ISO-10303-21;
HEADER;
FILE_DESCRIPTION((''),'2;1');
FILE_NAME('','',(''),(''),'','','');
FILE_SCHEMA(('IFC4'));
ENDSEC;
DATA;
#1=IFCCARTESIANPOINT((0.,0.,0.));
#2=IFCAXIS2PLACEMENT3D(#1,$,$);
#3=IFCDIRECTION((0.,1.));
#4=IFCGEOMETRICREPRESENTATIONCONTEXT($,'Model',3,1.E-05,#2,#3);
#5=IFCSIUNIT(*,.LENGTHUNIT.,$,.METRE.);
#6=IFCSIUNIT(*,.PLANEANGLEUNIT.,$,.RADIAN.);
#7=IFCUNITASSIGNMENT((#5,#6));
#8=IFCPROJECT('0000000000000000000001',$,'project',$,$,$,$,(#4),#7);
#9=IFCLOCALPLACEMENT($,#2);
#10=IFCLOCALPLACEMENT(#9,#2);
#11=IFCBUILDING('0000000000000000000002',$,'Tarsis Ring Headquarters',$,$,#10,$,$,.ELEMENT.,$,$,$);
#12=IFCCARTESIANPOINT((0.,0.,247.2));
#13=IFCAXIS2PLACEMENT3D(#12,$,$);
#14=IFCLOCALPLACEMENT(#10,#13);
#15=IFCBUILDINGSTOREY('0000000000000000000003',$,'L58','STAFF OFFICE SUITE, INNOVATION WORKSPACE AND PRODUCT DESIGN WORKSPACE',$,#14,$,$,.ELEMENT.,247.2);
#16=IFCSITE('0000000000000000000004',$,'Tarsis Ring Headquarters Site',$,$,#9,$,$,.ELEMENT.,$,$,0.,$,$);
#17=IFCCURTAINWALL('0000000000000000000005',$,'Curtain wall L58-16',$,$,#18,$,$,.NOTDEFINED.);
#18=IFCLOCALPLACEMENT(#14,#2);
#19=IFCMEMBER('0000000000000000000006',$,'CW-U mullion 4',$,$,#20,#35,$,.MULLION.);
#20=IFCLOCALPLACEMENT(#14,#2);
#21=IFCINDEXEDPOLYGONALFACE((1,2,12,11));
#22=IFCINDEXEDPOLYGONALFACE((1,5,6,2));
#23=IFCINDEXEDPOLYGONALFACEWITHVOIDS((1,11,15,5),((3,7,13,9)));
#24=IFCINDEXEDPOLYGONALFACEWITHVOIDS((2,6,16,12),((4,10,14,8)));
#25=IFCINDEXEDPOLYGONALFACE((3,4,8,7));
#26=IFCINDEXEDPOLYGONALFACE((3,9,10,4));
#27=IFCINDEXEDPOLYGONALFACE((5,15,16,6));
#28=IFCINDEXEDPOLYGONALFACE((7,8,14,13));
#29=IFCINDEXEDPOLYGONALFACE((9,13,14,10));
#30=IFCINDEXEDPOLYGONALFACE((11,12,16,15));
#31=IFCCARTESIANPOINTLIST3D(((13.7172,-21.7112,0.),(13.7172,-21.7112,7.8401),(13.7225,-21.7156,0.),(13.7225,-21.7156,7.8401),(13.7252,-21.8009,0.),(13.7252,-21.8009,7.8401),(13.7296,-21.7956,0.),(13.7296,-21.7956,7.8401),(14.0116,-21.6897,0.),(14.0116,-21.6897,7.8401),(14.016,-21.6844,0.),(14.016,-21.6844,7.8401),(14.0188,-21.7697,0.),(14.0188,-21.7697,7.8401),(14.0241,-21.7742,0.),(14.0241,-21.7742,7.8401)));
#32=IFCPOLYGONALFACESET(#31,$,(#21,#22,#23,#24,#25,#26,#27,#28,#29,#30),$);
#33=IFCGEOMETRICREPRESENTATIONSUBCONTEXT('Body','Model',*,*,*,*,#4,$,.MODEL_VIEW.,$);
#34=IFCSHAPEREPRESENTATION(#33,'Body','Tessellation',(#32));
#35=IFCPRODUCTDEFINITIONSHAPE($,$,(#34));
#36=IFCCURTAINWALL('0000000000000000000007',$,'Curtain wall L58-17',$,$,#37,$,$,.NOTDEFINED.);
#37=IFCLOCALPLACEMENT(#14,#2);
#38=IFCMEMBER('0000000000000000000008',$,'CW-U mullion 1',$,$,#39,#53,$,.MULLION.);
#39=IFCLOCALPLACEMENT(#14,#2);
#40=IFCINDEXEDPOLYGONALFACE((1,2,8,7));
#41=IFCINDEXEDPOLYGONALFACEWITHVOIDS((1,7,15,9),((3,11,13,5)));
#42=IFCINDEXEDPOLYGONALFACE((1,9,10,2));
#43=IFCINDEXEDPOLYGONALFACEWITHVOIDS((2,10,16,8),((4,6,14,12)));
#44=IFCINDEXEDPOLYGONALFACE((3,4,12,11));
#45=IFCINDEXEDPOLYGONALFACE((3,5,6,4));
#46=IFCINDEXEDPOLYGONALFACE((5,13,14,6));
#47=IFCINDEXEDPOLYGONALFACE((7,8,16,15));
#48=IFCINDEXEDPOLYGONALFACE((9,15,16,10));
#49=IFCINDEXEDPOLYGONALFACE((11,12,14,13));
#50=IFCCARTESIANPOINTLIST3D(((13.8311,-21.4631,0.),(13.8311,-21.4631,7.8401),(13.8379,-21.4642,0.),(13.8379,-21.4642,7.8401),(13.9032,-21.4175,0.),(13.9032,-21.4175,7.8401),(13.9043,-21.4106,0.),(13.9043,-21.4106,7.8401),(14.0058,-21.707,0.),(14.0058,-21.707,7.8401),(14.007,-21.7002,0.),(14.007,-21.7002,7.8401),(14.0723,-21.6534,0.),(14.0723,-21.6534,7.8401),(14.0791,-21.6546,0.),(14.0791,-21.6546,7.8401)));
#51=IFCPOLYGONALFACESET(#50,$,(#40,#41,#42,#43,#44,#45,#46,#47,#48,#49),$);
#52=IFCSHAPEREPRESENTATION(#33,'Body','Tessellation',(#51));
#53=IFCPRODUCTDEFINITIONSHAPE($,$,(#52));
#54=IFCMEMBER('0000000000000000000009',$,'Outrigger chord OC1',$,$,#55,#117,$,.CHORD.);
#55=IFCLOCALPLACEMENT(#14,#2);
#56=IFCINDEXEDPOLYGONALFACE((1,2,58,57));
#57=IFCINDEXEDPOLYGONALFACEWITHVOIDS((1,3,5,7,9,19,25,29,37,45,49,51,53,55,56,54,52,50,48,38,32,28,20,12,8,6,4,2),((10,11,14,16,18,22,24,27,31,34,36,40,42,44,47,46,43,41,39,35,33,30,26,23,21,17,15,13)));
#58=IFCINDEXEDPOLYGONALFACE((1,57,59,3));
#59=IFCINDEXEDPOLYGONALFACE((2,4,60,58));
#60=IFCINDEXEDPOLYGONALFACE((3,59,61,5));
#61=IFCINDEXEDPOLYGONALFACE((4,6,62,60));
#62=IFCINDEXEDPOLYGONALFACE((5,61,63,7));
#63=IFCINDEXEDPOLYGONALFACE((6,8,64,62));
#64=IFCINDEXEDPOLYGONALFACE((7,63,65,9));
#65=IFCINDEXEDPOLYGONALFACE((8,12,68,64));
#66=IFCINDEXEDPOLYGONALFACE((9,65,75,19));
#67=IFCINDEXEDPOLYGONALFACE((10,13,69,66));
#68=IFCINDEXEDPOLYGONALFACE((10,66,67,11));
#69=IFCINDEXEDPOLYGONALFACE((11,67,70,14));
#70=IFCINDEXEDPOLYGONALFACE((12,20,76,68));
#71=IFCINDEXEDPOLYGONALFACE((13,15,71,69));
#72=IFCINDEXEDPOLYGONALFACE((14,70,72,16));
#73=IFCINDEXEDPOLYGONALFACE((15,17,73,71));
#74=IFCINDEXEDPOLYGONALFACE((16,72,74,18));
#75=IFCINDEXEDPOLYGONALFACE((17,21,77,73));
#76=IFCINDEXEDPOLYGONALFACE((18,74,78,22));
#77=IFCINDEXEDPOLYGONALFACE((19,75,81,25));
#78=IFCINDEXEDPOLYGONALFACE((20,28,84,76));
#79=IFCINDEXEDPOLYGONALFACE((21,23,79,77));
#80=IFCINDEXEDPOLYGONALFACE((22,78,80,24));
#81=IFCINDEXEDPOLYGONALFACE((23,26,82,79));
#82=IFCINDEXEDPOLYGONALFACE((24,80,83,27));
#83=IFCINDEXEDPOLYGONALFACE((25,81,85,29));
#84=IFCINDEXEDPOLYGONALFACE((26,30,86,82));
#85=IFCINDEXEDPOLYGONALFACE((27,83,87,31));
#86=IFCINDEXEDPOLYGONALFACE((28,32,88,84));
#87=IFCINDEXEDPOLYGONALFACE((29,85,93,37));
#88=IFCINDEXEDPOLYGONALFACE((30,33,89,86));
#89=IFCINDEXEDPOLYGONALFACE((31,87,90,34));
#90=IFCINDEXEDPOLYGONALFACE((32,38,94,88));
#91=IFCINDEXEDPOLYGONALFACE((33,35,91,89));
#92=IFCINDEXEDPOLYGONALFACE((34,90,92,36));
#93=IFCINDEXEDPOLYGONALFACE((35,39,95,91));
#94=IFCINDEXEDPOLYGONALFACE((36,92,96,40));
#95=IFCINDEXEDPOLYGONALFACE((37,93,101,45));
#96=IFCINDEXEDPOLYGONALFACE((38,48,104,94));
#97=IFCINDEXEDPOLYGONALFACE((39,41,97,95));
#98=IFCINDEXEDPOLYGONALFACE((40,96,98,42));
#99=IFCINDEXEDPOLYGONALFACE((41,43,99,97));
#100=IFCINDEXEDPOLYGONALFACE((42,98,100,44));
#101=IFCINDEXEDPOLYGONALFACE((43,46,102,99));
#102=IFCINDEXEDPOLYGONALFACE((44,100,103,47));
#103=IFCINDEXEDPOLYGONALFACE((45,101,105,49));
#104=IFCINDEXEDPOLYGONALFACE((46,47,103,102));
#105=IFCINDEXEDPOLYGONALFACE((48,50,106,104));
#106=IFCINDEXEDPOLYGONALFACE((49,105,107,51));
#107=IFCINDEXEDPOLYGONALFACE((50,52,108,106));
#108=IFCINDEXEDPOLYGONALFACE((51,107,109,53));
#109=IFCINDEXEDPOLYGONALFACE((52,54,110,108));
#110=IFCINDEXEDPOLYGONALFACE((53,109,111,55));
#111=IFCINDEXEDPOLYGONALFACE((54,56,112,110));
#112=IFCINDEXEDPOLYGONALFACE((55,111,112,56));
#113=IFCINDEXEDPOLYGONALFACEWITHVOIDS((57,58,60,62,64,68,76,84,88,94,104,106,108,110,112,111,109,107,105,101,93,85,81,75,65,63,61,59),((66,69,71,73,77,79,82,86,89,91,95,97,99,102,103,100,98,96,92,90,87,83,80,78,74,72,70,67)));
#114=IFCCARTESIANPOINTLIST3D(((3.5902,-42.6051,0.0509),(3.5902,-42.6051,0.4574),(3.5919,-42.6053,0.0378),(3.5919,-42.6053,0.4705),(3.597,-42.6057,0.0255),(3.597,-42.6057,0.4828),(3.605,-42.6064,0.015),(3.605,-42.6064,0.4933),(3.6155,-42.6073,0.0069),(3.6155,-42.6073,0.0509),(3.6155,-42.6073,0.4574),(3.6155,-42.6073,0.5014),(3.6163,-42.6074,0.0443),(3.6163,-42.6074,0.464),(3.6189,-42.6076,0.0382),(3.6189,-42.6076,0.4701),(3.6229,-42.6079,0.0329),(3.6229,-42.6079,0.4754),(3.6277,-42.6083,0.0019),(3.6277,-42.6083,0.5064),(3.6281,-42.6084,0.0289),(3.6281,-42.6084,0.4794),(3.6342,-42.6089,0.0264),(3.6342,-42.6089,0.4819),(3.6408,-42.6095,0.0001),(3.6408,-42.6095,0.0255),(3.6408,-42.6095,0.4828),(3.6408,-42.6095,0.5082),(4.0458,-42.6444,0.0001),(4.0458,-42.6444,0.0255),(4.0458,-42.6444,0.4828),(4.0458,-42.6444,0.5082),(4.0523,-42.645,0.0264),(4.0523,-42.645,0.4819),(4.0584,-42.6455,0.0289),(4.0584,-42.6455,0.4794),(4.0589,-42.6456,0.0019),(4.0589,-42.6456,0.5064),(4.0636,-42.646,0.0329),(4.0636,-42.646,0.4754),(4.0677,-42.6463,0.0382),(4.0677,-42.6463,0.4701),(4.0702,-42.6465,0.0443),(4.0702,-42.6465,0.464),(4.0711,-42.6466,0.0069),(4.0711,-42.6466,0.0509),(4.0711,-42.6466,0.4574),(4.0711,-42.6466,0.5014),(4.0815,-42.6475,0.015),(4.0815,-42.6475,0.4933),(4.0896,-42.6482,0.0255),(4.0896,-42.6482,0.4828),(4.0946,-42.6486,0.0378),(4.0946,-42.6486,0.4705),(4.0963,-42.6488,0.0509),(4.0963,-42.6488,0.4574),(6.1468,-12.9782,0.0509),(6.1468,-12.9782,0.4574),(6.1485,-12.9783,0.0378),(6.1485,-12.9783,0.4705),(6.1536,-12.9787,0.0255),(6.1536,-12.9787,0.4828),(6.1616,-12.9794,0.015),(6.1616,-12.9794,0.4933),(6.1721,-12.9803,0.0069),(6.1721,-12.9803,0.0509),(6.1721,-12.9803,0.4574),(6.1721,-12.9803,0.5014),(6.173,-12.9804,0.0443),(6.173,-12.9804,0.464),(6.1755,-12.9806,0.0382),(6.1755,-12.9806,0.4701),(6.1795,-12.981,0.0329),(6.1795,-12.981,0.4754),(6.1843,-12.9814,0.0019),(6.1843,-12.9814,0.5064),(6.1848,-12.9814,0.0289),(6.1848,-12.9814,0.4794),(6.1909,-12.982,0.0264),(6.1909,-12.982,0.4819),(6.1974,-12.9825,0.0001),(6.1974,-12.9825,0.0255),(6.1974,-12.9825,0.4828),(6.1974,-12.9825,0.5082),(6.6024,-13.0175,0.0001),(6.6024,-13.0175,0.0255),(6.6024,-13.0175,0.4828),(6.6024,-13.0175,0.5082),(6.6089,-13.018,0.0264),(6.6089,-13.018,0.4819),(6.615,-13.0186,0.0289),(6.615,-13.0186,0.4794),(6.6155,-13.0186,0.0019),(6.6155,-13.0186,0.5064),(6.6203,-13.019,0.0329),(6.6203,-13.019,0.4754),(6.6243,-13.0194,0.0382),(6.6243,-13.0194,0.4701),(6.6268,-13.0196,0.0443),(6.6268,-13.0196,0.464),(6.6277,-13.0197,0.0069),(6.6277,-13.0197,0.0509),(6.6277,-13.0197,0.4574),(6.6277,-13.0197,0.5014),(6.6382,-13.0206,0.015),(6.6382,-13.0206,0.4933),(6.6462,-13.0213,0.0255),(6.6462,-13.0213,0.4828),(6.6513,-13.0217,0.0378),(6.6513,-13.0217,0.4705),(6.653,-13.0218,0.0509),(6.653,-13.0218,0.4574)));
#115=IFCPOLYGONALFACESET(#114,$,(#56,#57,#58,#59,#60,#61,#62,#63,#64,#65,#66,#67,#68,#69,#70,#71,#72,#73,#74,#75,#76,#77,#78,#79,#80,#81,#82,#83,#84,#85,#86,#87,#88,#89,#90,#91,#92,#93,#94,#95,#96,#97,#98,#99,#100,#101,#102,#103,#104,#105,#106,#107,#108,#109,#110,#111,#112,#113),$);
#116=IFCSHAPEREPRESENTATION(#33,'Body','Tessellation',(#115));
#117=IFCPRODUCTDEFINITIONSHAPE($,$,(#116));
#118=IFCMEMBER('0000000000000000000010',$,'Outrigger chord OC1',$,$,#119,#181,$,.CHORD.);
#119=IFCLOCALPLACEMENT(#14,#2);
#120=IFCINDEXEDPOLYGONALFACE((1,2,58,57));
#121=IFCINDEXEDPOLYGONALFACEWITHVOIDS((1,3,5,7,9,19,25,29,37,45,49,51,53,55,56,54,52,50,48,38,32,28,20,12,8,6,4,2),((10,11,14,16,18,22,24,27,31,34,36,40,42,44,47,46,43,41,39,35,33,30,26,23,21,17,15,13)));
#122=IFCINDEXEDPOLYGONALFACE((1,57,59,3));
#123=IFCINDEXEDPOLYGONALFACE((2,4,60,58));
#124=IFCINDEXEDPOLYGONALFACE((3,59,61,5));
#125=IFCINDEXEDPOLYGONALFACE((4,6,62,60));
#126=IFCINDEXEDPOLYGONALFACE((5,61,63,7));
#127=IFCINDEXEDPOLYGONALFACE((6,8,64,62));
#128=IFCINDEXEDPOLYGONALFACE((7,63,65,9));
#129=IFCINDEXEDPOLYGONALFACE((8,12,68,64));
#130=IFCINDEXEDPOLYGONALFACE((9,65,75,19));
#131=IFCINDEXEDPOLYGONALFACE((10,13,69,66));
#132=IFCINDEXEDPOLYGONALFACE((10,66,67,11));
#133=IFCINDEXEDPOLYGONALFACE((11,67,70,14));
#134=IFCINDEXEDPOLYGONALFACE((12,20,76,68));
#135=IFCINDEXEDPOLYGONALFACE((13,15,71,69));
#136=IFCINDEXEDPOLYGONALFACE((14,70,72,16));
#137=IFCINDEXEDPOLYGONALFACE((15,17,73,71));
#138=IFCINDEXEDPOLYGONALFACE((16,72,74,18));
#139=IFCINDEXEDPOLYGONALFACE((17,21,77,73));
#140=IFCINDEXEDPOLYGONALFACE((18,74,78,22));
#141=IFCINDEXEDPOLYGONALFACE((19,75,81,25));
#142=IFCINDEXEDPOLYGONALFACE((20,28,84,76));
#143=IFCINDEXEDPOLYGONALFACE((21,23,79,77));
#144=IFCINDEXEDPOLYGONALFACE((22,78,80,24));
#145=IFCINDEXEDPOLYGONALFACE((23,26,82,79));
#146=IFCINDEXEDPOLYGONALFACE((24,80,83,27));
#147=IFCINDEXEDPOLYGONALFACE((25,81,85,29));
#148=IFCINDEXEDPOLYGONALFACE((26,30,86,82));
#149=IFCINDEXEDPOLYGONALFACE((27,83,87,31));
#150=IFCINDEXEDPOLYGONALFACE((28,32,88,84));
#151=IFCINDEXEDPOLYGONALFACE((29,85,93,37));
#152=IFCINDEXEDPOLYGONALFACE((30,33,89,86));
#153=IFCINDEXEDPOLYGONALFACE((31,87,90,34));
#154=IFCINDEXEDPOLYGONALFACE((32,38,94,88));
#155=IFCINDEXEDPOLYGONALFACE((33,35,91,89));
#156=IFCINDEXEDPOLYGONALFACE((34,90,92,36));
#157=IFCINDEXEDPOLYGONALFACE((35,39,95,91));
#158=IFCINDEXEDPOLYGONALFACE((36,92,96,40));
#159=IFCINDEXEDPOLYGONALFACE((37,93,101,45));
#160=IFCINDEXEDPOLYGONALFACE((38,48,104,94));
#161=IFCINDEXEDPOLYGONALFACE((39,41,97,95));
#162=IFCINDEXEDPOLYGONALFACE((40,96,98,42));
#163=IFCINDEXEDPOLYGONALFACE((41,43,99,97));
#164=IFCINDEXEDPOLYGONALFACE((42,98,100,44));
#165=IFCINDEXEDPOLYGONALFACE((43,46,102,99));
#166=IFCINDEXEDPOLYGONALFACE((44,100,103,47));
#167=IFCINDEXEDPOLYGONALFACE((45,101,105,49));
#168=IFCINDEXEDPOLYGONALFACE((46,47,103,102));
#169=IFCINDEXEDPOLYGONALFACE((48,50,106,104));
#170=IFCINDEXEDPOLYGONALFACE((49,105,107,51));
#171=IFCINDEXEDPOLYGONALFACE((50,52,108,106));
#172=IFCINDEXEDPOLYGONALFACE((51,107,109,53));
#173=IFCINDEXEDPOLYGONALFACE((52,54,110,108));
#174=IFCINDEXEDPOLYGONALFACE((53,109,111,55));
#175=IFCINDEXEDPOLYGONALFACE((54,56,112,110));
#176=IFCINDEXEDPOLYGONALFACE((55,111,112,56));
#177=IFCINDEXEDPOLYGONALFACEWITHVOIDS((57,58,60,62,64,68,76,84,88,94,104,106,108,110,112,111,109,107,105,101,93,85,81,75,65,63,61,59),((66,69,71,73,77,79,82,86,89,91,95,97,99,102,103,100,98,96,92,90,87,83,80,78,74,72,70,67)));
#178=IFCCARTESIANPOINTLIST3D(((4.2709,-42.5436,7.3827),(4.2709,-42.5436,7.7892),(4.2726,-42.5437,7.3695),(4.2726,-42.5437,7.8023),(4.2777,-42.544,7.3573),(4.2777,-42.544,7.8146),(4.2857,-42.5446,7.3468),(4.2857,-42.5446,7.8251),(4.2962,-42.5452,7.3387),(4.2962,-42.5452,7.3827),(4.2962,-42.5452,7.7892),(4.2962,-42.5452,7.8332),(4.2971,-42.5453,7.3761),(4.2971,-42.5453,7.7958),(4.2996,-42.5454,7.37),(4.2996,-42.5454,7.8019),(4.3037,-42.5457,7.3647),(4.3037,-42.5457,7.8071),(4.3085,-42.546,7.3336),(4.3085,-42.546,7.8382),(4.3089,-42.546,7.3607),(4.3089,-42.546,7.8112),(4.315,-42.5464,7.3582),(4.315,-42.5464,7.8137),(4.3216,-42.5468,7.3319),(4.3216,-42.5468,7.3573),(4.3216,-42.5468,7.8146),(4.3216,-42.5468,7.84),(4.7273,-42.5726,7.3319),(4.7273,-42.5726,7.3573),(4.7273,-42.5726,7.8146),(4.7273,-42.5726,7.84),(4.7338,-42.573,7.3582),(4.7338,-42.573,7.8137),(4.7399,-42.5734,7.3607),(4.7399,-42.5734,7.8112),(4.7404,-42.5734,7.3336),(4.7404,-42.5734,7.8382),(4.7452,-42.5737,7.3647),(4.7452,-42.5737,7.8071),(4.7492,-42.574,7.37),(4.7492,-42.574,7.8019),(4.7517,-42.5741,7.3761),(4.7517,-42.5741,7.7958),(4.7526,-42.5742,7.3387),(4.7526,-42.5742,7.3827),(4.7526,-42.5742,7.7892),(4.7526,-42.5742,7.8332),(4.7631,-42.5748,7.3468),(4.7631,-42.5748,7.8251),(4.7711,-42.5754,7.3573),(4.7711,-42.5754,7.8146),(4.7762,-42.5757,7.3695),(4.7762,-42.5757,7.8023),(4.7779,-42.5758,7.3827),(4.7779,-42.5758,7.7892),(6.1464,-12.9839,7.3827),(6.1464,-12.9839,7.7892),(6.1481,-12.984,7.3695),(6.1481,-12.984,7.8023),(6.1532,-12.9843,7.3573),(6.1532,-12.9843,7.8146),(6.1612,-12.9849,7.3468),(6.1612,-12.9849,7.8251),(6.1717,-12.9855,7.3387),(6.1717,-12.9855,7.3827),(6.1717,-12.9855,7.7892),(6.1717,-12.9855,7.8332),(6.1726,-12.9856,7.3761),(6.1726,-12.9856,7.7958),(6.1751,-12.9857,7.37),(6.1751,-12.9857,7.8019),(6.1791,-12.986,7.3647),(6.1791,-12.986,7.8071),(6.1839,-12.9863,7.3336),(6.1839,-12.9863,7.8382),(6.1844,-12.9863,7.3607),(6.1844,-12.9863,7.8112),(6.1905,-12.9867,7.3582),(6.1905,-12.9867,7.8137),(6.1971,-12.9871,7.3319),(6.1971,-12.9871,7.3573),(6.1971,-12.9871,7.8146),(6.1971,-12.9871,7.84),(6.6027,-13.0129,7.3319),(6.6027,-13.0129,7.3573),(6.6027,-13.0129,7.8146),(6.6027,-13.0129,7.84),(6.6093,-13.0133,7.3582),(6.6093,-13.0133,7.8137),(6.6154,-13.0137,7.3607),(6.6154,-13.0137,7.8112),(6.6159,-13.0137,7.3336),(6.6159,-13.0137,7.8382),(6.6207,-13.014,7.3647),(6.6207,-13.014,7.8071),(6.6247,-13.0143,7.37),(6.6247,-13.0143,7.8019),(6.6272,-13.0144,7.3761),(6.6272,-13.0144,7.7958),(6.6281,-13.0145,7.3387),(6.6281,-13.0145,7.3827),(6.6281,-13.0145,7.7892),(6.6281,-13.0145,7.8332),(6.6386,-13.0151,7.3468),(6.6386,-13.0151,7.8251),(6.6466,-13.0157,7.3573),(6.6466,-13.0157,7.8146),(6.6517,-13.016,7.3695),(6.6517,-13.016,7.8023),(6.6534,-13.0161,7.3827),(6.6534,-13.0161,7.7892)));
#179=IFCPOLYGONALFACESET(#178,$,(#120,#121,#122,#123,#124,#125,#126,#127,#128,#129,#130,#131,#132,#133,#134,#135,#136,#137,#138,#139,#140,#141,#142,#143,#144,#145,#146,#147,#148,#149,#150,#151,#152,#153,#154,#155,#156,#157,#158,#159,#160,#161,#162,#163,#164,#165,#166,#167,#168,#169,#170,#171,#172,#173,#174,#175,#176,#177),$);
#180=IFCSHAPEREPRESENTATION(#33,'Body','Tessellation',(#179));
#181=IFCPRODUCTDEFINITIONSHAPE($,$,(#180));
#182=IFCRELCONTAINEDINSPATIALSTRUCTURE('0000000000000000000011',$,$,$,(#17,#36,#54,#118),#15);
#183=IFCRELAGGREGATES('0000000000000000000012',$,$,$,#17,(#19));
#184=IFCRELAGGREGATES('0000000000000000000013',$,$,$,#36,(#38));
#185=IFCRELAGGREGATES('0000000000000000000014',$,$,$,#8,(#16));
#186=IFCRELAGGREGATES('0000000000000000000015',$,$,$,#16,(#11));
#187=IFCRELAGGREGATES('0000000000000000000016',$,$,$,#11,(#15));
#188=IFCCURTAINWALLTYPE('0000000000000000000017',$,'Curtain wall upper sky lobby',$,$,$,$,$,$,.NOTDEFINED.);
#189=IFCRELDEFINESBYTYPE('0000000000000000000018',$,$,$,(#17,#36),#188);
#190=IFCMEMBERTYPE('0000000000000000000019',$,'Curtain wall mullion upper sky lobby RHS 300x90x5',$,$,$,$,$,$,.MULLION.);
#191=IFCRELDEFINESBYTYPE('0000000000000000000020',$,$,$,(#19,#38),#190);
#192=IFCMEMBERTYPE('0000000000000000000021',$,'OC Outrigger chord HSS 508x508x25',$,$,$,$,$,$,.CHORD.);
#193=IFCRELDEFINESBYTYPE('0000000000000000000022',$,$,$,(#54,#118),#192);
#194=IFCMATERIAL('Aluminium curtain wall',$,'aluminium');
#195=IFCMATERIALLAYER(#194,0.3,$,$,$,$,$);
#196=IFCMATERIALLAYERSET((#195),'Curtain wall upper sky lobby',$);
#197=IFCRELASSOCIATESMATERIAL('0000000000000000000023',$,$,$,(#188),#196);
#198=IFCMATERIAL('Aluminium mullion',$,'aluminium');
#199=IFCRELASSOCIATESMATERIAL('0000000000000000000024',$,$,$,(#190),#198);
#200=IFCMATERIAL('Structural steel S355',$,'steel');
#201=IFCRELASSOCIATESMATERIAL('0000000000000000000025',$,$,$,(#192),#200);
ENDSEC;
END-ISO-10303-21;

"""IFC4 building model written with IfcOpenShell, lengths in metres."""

from ifc_helpers import new_model, si_unit, direction, frame, origin, origin_2d, place, context, subcontext, project, spatial, hollow_rectangle, extrude, material, layer, layer_set, material_profile, profile_set, type_object, element, aggregate, save


model = new_model("IFC4")

# Units and contexts
model_context = context("Model", 3, precision=1e-05, world=origin(), true_north=direction((0.0, 1.0)))
body_context = subcontext(model_context, "Body", "Model", "MODEL_VIEW")
ifc_project = project(units=[si_unit("LENGTHUNIT", "METRE"), si_unit("PLANEANGLEUNIT", "RADIAN")], contexts=[model_context])

# Site, building, storey
site_placement = place(None, origin())
site = spatial("IfcSite", under=ifc_project, at=site_placement, Name="Tarsis Ring Headquarters Site", CompositionType="ELEMENT", RefElevation=0.0)
building_placement = place(site_placement, origin())
building = spatial("IfcBuilding", under=site, at=building_placement, Name="Tarsis Ring Headquarters", CompositionType="ELEMENT")
storey_placement = place(building_placement, frame((0.0, 0.0, 247.2)))
storey = spatial("IfcBuildingStorey", under=building, at=storey_placement, Name="L58", Description="STAFF OFFICE SUITE, INNOVATION WORKSPACE AND PRODUCT DESIGN WORKSPACE", CompositionType="ELEMENT", Elevation=247.2)

# Curtain walls, members
ifc_material_1 = material(Name="Aluminium curtain wall", Category="aluminium")
ifc_layer_1 = layer(ifc_material_1, 0.3)
ifc_layer_set_1 = layer_set([ifc_layer_1], Name="Curtain wall upper sky lobby")
curtain_wall_type = type_object("IfcCurtainWallType", Name="Curtain wall upper sky lobby", PredefinedType="NOTDEFINED", material=ifc_layer_set_1)
curtain_wall_1_placement = place(storey_placement, origin())
curtain_wall_1 = element("IfcCurtainWall", 1, at=curtain_wall_1_placement, inside=storey, type_object=curtain_wall_type, Name="Curtain wall L58-16", PredefinedType="NOTDEFINED")
ifc_material_2 = material(Name="Aluminium mullion", Category="aluminium")
ifc_material_profile_1 = material_profile(ifc_material_2, hollow_rectangle(XDim=0.3, YDim=0.0901, WallThickness=0.0049, at=origin_2d()), Name="RHS 300x90x5")
ifc_profile_set_1 = profile_set([ifc_material_profile_1], Name="Aluminium mullion")
member_type_1 = type_object("IfcMemberType", Name="Curtain wall mullion upper sky lobby RHS 300x90x5", PredefinedType="MULLION", material=ifc_profile_set_1)
member_1_placement = place(storey_placement, frame((13.8706, -21.7427, 0.0), z_axis=(0.0, 0.0, 1.0), x_axis=(-0.99601, -0.089242, 0.0)))
member_1 = element("IfcMember", 2, at=member_1_placement, type_object=member_type_1, Name="CW-U mullion 4", PredefinedType="MULLION", context=body_context, shape_type="SweptSolid", body=[
    extrude(hollow_rectangle(XDim=0.3, YDim=0.0901, WallThickness=0.0049, at=origin_2d()), origin(), (0.0, 0.0, 1.0), 7.8401),
])
aggregate(curtain_wall_1, [member_1])
curtain_wall_2_placement = place(storey_placement, origin())
curtain_wall_2 = element("IfcCurtainWall", 3, at=curtain_wall_2_placement, inside=storey, type_object=curtain_wall_type, Name="Curtain wall L58-17", PredefinedType="NOTDEFINED")
member_2_placement = place(storey_placement, frame((13.9551, -21.5588, 0.0), z_axis=(0.0, 0.0, 1.0), x_axis=(-0.582407, 0.812898, 0.0)))
member_2 = element("IfcMember", 4, at=member_2_placement, type_object=member_type_1, Name="CW-U mullion 1", PredefinedType="MULLION", context=body_context, shape_type="SweptSolid", body=[
    extrude(hollow_rectangle(XDim=0.3, YDim=0.0901, WallThickness=0.0049, at=origin_2d()), origin(), (0.0, 0.0, 1.0), 7.8401),
])
aggregate(curtain_wall_2, [member_2])

# Members
ifc_material_3 = material(Name="Structural steel S355", Category="steel")
ifc_material_profile_2 = material_profile(ifc_material_3, hollow_rectangle(XDim=0.5081, YDim=0.5081, WallThickness=0.0254, InnerFilletRadius=0.0254, OuterFilletRadius=0.0508, at=origin_2d()), Name="HSS 508x508x25")
ifc_profile_set_2 = profile_set([ifc_material_profile_2], Name="Structural steel S355")
member_type_2 = type_object("IfcMemberType", Name="OC Outrigger chord HSS 508x508x25", PredefinedType="CHORD", material=ifc_profile_set_2)
member_3_placement = place(storey_placement, frame((6.3999, -13.0, 0.2542), z_axis=(-0.085975, -0.996297, 0.0), x_axis=(0.996297, -0.085975, 0.0)))
element("IfcMember", 5, at=member_3_placement, inside=storey, type_object=member_type_2, Name="Outrigger chord OC1", PredefinedType="CHORD", context=body_context, shape_type="SweptSolid", body=[
    extrude(hollow_rectangle(XDim=0.5081, YDim=0.5081, WallThickness=0.0254, InnerFilletRadius=0.0254, OuterFilletRadius=0.0508, at=origin_2d()), origin(), (0.0, 0.0, 1.0), 29.7371),
])
member_4_placement = place(storey_placement, frame((6.3999, -13.0, 7.5859), z_axis=(-0.06332, -0.997993, 0.0), x_axis=(0.997993, -0.06332, 0.0)))
element("IfcMember", 6, at=member_4_placement, inside=storey, type_object=member_type_2, Name="Outrigger chord OC1", PredefinedType="CHORD", context=body_context, shape_type="SweptSolid", body=[
    extrude(hollow_rectangle(XDim=0.5081, YDim=0.5081, WallThickness=0.0254, InnerFilletRadius=0.0254, OuterFilletRadius=0.0508, at=origin_2d()), origin(), (0.0, 0.0, 1.0), 29.6191),
])

save(model, "model.ifc")
